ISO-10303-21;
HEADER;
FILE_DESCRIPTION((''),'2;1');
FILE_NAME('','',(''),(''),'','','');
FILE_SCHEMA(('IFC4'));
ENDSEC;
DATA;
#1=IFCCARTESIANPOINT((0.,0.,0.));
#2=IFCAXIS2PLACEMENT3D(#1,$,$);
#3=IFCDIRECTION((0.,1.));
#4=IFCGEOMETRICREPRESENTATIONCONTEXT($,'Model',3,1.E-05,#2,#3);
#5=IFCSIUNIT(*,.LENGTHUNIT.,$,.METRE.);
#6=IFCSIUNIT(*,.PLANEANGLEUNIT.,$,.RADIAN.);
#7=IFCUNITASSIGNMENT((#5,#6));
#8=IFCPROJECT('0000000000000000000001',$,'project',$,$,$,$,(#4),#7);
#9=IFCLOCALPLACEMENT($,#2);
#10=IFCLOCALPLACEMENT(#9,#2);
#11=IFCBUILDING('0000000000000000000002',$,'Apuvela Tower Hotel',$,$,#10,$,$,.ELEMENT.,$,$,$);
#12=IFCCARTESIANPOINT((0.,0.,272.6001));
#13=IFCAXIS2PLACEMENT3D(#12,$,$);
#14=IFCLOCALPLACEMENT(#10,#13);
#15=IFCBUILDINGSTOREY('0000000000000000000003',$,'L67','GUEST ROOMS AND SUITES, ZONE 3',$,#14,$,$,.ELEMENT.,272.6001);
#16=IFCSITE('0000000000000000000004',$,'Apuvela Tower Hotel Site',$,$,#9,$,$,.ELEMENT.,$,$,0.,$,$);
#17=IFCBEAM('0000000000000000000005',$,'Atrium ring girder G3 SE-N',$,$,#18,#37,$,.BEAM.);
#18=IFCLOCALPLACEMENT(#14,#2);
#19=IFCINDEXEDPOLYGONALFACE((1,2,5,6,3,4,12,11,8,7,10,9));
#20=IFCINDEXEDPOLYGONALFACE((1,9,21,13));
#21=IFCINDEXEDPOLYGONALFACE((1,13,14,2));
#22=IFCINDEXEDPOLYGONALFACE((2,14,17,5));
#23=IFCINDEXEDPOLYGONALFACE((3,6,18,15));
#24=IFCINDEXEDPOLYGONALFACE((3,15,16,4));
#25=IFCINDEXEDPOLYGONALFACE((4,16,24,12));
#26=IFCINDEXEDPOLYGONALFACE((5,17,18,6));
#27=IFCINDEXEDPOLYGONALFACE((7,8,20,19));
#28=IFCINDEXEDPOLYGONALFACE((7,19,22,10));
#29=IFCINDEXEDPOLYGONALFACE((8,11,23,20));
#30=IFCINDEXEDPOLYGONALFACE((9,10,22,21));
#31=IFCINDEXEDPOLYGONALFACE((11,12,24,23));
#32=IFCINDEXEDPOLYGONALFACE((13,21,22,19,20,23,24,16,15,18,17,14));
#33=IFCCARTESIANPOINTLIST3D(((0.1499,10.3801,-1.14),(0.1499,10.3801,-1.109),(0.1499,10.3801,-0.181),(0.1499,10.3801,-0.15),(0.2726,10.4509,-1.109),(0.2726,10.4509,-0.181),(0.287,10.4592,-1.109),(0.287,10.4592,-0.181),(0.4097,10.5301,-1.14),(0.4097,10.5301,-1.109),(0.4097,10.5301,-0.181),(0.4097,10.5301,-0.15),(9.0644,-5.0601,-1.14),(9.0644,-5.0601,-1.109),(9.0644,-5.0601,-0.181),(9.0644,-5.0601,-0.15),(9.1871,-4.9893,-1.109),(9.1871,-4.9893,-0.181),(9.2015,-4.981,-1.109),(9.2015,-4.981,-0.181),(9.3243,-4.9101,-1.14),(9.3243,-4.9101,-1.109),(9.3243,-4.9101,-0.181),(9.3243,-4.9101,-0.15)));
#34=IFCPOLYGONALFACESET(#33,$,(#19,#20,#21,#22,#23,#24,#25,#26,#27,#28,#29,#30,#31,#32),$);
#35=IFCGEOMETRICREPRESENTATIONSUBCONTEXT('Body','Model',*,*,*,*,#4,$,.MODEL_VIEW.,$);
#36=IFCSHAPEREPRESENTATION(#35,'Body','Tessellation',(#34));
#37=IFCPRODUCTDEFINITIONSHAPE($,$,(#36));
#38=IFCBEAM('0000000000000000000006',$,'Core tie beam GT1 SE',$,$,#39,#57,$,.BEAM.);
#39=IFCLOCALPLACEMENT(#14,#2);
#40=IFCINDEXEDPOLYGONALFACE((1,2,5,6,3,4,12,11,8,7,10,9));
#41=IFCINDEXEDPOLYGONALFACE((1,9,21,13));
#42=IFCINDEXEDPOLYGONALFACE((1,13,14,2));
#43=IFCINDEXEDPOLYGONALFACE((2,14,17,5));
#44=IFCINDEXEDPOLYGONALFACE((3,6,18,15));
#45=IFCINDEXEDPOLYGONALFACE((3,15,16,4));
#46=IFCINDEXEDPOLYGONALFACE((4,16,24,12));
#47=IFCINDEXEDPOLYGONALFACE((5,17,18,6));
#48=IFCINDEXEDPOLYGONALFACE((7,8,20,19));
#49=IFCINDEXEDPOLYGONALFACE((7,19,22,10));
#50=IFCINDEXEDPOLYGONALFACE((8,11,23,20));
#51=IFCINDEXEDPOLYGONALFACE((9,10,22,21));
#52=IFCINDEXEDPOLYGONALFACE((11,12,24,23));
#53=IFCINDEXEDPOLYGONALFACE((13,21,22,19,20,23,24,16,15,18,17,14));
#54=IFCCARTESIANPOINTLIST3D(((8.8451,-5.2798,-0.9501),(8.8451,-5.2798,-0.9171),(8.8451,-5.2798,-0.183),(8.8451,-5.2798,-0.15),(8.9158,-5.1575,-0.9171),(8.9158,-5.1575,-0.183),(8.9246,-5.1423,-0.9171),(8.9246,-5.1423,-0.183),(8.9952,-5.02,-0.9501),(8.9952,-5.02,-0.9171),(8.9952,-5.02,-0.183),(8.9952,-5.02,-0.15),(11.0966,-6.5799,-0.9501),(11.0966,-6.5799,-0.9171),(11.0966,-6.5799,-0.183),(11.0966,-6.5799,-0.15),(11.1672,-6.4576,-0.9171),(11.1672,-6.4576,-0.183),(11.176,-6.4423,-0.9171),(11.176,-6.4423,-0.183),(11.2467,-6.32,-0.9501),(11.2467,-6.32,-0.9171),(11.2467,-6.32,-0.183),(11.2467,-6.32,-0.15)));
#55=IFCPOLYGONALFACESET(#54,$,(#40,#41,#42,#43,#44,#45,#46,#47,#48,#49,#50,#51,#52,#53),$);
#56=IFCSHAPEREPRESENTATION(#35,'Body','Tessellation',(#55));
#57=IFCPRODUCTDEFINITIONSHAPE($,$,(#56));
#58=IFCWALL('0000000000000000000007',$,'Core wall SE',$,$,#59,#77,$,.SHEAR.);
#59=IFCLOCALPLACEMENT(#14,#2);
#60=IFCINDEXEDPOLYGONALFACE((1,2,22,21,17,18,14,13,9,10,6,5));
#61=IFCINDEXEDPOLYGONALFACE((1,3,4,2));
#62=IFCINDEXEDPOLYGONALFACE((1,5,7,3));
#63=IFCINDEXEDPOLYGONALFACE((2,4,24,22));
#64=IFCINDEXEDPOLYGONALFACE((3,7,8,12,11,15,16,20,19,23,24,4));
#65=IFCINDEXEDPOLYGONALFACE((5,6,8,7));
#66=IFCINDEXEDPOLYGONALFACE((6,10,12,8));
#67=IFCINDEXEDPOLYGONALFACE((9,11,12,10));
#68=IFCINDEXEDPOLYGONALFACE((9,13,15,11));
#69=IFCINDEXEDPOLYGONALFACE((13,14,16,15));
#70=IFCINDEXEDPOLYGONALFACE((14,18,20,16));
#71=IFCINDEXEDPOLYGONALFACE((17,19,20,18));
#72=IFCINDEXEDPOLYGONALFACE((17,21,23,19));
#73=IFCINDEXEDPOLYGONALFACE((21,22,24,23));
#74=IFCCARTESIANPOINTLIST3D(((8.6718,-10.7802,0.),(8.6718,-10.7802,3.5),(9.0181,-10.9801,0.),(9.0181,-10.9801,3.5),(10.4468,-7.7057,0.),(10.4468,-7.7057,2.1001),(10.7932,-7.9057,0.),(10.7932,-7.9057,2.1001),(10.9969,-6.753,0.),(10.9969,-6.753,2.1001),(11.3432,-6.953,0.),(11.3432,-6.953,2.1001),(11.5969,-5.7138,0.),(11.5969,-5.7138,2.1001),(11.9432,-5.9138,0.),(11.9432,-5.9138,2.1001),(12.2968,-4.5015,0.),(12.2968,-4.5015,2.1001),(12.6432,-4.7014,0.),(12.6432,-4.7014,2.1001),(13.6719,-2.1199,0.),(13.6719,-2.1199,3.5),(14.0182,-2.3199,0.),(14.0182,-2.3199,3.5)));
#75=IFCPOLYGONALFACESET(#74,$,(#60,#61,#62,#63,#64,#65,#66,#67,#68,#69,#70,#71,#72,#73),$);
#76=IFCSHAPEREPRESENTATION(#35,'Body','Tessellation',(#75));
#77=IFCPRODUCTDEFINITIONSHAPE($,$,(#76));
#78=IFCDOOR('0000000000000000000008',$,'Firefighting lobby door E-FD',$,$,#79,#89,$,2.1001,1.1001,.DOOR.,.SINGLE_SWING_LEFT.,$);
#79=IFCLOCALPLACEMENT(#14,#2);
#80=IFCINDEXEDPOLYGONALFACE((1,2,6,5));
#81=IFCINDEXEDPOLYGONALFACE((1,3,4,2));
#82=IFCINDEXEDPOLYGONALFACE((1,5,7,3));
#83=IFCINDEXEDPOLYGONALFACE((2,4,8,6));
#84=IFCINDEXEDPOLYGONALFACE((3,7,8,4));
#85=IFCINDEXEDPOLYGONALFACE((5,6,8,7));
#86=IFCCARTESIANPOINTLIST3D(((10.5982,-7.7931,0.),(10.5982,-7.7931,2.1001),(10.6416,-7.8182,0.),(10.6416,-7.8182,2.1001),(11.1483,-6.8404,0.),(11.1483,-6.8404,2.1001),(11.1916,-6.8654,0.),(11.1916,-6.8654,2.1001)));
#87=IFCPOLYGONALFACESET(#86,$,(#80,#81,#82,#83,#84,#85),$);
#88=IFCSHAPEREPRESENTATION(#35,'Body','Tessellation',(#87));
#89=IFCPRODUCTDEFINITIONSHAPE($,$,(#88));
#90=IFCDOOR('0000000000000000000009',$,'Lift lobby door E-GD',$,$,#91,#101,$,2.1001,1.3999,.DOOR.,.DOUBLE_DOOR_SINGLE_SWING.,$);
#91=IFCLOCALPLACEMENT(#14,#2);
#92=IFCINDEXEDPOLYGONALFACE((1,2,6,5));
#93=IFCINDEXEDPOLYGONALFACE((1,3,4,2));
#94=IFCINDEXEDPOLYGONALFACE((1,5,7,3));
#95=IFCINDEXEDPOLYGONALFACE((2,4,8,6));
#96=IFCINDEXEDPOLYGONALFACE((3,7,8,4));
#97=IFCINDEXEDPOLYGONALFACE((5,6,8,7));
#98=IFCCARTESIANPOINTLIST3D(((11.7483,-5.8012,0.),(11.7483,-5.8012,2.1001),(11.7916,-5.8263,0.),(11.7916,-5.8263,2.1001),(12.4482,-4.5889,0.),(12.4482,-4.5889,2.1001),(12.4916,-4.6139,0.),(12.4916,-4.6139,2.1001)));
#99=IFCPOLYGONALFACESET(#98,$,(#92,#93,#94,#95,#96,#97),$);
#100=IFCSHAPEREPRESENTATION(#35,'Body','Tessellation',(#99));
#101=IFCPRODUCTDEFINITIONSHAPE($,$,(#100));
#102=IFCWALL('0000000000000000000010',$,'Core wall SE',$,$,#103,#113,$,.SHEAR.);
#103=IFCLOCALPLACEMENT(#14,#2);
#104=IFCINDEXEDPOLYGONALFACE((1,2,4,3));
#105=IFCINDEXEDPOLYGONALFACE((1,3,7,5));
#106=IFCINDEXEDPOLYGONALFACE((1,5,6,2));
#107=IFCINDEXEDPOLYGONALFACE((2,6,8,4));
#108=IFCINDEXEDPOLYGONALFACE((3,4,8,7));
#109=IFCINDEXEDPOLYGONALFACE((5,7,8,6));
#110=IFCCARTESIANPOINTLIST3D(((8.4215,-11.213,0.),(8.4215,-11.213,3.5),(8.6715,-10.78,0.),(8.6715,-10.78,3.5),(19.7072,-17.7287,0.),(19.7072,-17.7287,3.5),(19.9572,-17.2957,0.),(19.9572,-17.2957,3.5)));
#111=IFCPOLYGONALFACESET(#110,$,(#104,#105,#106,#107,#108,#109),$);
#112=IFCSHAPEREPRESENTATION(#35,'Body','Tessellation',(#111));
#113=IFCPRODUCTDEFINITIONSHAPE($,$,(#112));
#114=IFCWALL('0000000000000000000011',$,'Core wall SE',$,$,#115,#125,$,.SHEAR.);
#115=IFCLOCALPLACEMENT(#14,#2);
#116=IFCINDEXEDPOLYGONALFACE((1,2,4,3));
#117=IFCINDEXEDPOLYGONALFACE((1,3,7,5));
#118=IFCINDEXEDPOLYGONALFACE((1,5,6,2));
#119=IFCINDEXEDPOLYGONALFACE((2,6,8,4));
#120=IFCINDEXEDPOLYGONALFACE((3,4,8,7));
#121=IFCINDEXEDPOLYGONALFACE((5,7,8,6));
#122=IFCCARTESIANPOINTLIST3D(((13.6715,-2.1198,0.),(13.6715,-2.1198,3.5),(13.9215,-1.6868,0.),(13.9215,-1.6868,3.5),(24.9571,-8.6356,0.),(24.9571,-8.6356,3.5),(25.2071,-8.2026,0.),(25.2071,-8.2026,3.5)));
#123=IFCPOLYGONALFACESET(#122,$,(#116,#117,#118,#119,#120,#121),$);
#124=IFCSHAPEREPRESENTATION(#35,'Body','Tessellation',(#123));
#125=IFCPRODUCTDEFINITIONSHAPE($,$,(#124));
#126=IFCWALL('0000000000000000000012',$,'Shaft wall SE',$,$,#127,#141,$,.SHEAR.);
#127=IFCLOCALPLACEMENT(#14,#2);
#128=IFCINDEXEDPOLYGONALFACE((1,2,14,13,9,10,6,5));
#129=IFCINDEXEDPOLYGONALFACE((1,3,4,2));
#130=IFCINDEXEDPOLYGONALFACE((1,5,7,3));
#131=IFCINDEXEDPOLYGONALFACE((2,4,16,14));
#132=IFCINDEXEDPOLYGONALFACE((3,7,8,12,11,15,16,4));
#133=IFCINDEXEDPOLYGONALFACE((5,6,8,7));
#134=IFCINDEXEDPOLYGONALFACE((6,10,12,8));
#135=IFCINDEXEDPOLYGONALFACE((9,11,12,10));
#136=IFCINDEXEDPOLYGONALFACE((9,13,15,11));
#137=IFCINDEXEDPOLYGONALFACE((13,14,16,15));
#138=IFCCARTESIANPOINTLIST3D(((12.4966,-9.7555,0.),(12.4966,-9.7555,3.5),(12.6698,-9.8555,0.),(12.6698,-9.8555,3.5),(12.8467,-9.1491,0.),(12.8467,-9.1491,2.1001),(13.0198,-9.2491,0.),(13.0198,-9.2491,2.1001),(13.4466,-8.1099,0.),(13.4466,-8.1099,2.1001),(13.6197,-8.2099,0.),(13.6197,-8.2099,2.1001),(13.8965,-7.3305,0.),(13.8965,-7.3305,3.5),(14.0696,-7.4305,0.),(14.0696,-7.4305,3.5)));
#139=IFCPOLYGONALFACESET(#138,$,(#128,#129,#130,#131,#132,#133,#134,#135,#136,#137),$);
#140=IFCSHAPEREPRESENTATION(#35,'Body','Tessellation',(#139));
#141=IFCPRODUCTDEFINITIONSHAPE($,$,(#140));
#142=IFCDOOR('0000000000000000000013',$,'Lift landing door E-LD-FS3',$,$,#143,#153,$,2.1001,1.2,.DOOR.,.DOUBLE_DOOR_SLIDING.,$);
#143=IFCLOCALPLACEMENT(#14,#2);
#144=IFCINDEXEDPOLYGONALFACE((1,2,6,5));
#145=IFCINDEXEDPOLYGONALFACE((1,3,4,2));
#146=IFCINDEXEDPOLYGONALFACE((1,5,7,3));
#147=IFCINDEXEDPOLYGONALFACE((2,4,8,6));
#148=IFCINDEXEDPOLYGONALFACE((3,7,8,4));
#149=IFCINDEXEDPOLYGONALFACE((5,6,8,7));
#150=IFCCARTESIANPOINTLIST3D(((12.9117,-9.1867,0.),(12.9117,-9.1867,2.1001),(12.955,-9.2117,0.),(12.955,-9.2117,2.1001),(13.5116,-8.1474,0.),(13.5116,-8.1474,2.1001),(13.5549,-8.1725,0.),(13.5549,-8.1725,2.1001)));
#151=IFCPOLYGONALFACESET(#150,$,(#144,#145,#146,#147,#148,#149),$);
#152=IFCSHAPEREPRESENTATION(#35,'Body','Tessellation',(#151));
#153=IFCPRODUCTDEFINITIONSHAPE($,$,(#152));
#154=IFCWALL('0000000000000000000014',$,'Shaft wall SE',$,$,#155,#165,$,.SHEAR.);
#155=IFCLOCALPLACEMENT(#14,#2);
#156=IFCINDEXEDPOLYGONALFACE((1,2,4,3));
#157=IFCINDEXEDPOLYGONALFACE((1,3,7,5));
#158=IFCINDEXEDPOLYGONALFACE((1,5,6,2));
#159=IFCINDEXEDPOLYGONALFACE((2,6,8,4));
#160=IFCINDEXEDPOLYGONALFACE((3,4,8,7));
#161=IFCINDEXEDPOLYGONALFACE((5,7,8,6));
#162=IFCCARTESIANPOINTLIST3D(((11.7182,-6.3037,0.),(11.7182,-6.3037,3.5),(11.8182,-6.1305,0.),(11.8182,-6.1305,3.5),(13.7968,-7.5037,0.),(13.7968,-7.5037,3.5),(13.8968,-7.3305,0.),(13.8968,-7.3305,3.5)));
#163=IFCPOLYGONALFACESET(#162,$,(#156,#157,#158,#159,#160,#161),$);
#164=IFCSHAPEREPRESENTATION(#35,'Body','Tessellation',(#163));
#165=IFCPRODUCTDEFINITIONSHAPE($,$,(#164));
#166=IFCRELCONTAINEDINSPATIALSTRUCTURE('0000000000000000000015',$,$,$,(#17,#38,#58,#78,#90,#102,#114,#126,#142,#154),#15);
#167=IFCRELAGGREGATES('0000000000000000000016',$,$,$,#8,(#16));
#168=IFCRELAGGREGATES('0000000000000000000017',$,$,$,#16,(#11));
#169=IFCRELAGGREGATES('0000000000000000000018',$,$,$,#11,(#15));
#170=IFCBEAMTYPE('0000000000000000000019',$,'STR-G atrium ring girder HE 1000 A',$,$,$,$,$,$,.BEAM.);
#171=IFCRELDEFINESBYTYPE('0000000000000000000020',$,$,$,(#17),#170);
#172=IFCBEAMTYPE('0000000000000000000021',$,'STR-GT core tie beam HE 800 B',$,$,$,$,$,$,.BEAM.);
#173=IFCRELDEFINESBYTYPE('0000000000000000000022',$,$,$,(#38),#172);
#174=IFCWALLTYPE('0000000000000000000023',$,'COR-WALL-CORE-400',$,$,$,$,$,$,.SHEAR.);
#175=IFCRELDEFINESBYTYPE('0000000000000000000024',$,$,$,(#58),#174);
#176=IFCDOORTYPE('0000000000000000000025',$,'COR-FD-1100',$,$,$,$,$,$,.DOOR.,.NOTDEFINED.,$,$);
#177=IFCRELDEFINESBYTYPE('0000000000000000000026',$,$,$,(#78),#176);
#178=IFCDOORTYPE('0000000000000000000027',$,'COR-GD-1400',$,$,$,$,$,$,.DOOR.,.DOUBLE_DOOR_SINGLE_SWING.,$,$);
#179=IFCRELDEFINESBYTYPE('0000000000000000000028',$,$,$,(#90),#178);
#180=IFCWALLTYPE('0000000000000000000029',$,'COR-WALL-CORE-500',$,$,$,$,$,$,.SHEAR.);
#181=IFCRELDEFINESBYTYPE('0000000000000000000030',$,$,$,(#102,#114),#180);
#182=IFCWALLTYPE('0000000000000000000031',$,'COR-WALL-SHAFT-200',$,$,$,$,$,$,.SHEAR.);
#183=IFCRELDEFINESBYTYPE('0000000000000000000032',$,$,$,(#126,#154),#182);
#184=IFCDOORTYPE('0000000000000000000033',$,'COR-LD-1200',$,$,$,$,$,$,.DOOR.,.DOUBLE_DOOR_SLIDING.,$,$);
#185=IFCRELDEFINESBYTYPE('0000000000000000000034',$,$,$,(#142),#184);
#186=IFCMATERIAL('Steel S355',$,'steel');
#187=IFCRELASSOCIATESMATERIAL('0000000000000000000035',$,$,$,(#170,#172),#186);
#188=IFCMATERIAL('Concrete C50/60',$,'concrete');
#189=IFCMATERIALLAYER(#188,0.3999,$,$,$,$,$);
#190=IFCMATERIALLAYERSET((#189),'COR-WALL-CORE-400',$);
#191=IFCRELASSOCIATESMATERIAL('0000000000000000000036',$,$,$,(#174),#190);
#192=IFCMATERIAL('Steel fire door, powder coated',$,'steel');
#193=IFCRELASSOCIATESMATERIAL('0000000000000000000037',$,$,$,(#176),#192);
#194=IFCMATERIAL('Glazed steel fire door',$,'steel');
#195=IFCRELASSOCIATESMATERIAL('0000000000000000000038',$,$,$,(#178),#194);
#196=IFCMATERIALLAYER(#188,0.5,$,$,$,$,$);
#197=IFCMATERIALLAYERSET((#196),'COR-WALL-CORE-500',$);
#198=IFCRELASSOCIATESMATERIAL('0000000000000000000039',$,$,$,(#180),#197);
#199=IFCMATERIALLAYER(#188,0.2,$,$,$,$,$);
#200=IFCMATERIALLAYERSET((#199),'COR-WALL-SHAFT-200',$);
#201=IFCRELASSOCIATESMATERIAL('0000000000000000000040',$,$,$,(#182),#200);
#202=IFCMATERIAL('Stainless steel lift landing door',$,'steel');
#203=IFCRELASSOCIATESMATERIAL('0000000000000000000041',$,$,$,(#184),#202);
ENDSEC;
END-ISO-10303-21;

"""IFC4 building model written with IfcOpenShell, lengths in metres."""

from ifc_helpers import new_model, si_unit, direction, frame, frame_2d, origin, origin_2d, place, context, subcontext, project, spatial, rectangle, i_section, extrude, material, layer, layer_set, material_profile, profile_set, type_object, element, fill, save


model = new_model("IFC4")

# Units and contexts
model_context = context("Model", 3, precision=1e-05, world=origin(), true_north=direction((0.0, 1.0)))
body_context = subcontext(model_context, "Body", "Model", "MODEL_VIEW")
ifc_project = project(units=[si_unit("LENGTHUNIT", "METRE"), si_unit("PLANEANGLEUNIT", "RADIAN")], contexts=[model_context])

# Site, building, storey
site_placement = place(None, origin())
site = spatial("IfcSite", under=ifc_project, at=site_placement, Name="Apuvela Tower Hotel Site", CompositionType="ELEMENT", RefElevation=0.0)
building_placement = place(site_placement, origin())
building = spatial("IfcBuilding", under=site, at=building_placement, Name="Apuvela Tower Hotel", CompositionType="ELEMENT")
storey_placement = place(building_placement, frame((0.0, 0.0, 272.6001)))
storey = spatial("IfcBuildingStorey", under=building, at=storey_placement, Name="L67", Description="GUEST ROOMS AND SUITES, ZONE 3", CompositionType="ELEMENT", Elevation=272.6001)

# Beams
ifc_material_1 = material(Name="Steel S355", Category="steel")
ifc_material_profile_1 = material_profile(ifc_material_1, i_section(OverallWidth=0.3, OverallDepth=0.99, WebThickness=0.0166, FlangeThickness=0.031, at=origin_2d()), Name="HE 1000 A")
ifc_profile_set_1 = profile_set([ifc_material_profile_1], Name="Steel S355")
beam_type_1 = type_object("IfcBeamType", Name="STR-G atrium ring girder HE 1000 A", PredefinedType="BEAM", material=ifc_profile_set_1)
beam_1_placement = place(storey_placement, frame((9.1943, -4.9851, -0.645), z_axis=(-0.500007, 0.866022, 0.0), x_axis=(-0.866022, -0.500007, 0.0)))
element("IfcBeam", 1, at=beam_1_placement, inside=storey, type_object=beam_type_1, Name="Atrium ring girder G3 SE-N", PredefinedType="BEAM", context=body_context, shape_type="SweptSolid", body=[
    extrude(i_section(OverallWidth=0.3, OverallDepth=0.99, WebThickness=0.0166, FlangeThickness=0.031, at=origin_2d()), origin(), (0.0, 0.0, 1.0), 17.8289),
])
ifc_material_profile_2 = material_profile(ifc_material_1, i_section(OverallWidth=0.3, OverallDepth=0.8, WebThickness=0.0176, FlangeThickness=0.033, at=origin_2d()), Name="HE 800 B")
ifc_profile_set_2 = profile_set([ifc_material_profile_2], Name="Steel S355")
beam_type_2 = type_object("IfcBeamType", Name="STR-GT core tie beam HE 800 B", PredefinedType="BEAM", material=ifc_profile_set_2)
beam_2_placement = place(storey_placement, frame((11.1716, -6.45, -0.55), z_axis=(-0.865998, 0.500048, 0.0), x_axis=(-0.500048, -0.865998, 0.0)))
element("IfcBeam", 2, at=beam_2_placement, inside=storey, type_object=beam_type_2, Name="Core tie beam GT1 SE", PredefinedType="BEAM", context=body_context, shape_type="SweptSolid", body=[
    extrude(i_section(OverallWidth=0.3, OverallDepth=0.8, WebThickness=0.0176, FlangeThickness=0.033, at=origin_2d()), origin(), (0.0, 0.0, 1.0), 2.5999),
])

# Wall, openings, doors
ifc_material_2 = material(Name="Concrete C50/60", Category="concrete")
ifc_layer_1 = layer(ifc_material_2, 0.3999)
ifc_layer_set_1 = layer_set([ifc_layer_1], Name="COR-WALL-CORE-400")
wall_type_1 = type_object("IfcWallType", Name="COR-WALL-CORE-400", PredefinedType="SHEAR", material=ifc_layer_set_1)
wall_1_placement = place(storey_placement, frame((8.845, -10.8801, 0.0), z_axis=(0.0, 0.0, 1.0), x_axis=(0.500004, 0.866023, 0.0)))
wall_1 = element("IfcWall", 3, at=wall_1_placement, inside=storey, type_object=wall_type_1, Name="Core wall SE", PredefinedType="SHEAR", context=body_context, shape_type="SweptSolid", body=[
    extrude(rectangle(XDim=10.0, YDim=0.3999, at=frame_2d((5.0, 0.0))), origin(), (0.0, 0.0, 1.0), 3.5),
])
opening_1_placement = place(wall_1_placement, frame((3.55, 0.0, 0.0)))
opening_1 = element("IfcOpeningElement", 4, at=opening_1_placement, cuts=wall_1, PredefinedType="OPENING", context=body_context, shape_type="SweptSolid", body=[
    extrude(rectangle(XDim=1.1001, YDim=2.1001, at=frame_2d((0.55, 1.05))), frame((0.0, 0.21, 0.0), z_axis=(0.0, -1.0, 0.0), x_axis=(1.0, 0.0, 0.0)), (0.0, 0.0, 1.0), 0.4199),
])
opening_2_placement = place(wall_1_placement, frame((5.8501, 0.0, 0.0)))
opening_2 = element("IfcOpeningElement", 5, at=opening_2_placement, cuts=wall_1, PredefinedType="OPENING", context=body_context, shape_type="SweptSolid", body=[
    extrude(rectangle(XDim=1.3999, YDim=2.1001, at=frame_2d((0.7, 1.05))), frame((0.0, 0.21, 0.0), z_axis=(0.0, -1.0, 0.0), x_axis=(1.0, 0.0, 0.0)), (0.0, 0.0, 1.0), 0.4199),
])
ifc_material_3 = material(Name="Steel fire door, powder coated", Category="steel")
door_type_1 = type_object("IfcDoorType", Name="COR-FD-1100", OperationType="NOTDEFINED", PredefinedType="DOOR", material=ifc_material_3)
door_1_placement = place(opening_1_placement, frame((1.1001, 0.0, 0.0), z_axis=(0.0, 0.0, 1.0), x_axis=(-1.0, 0.0, 0.0)))
door_1 = element("IfcDoor", 6, at=door_1_placement, inside=storey, type_object=door_type_1, Name="Firefighting lobby door E-FD", OperationType="SINGLE_SWING_LEFT", OverallHeight=2.1001, OverallWidth=1.1001, PredefinedType="DOOR", context=body_context, shape_type="SweptSolid", body=[
    extrude(rectangle(XDim=1.1001, YDim=2.1001, at=frame_2d((0.55, 1.05))), frame((0.0, 0.0249, 0.0), z_axis=(0.0, -1.0, 0.0), x_axis=(1.0, 0.0, 0.0)), (0.0, 0.0, 1.0), 0.05),
])
fill(opening_1, door_1)
ifc_material_4 = material(Name="Glazed steel fire door", Category="steel")
door_type_2 = type_object("IfcDoorType", Name="COR-GD-1400", OperationType="DOUBLE_DOOR_SINGLE_SWING", PredefinedType="DOOR", material=ifc_material_4)
door_2_placement = place(opening_2_placement, frame((1.3999, 0.0, 0.0), z_axis=(0.0, 0.0, 1.0), x_axis=(-1.0, 0.0, 0.0)))
door_2 = element("IfcDoor", 7, at=door_2_placement, inside=storey, type_object=door_type_2, Name="Lift lobby door E-GD", OperationType="DOUBLE_DOOR_SINGLE_SWING", OverallHeight=2.1001, OverallWidth=1.3999, PredefinedType="DOOR", context=body_context, shape_type="SweptSolid", body=[
    extrude(rectangle(XDim=1.3999, YDim=2.1001, at=frame_2d((0.7, 1.05))), frame((0.0, 0.0249, 0.0), z_axis=(0.0, -1.0, 0.0), x_axis=(1.0, 0.0, 0.0)), (0.0, 0.0, 1.0), 0.05),
])
fill(opening_2, door_2)

# Walls
ifc_layer_2 = layer(ifc_material_2, 0.5)
ifc_layer_set_2 = layer_set([ifc_layer_2], Name="COR-WALL-CORE-500")
wall_type_2 = type_object("IfcWallType", Name="COR-WALL-CORE-500", PredefinedType="SHEAR", material=ifc_layer_set_2)
for number, where, z_axis, x_axis, name in (
    (8, (8.5466, -10.9966, 0.0), (0.0, 0.0, 1.0), (0.86603, -0.499992, 0.0), "Core wall SE"),
    (9, (13.7966, -1.9033, 0.0), (0.0, 0.0, 1.0), (0.866022, -0.500006, 0.0), "Core wall SE"),
):
    element("IfcWall", number, at=place(storey_placement, frame(where, z_axis=z_axis, x_axis=x_axis)), inside=storey, type_object=wall_type_2, Name=name, PredefinedType="SHEAR", context=body_context, shape_type="SweptSolid", body=[
        extrude(rectangle(XDim=13.0315, YDim=0.5, at=frame_2d((6.5156, 0.0))), origin(), (0.0, 0.0, 1.0), 3.5),
    ])

# Wall, opening, door
ifc_layer_3 = layer(ifc_material_2, 0.2)
ifc_layer_set_3 = layer_set([ifc_layer_3], Name="COR-WALL-SHAFT-200")
wall_type_3 = type_object("IfcWallType", Name="COR-WALL-SHAFT-200", PredefinedType="SHEAR", material=ifc_layer_set_3)
wall_2_placement = place(storey_placement, frame((12.5833, -9.8054, 0.0), z_axis=(0.0, 0.0, 1.0), x_axis=(0.499946, 0.866056, 0.0)))
wall_2 = element("IfcWall", 10, at=wall_2_placement, inside=storey, type_object=wall_type_3, Name="Shaft wall SE", PredefinedType="SHEAR", context=body_context, shape_type="SweptSolid", body=[
    extrude(rectangle(XDim=2.8, YDim=0.2, at=frame_2d((1.3999, 0.0))), origin(), (0.0, 0.0, 1.0), 3.5),
])
opening_3_placement = place(wall_2_placement, frame((0.7, 0.0, 0.0)))
opening_3 = element("IfcOpeningElement", 11, at=opening_3_placement, cuts=wall_2, PredefinedType="OPENING", context=body_context, shape_type="SweptSolid", body=[
    extrude(rectangle(XDim=1.2, YDim=2.1001, at=frame_2d((0.6001, 1.05))), frame((0.0, 0.1099, 0.0), z_axis=(0.0, -1.0, 0.0), x_axis=(1.0, 0.0, 0.0)), (0.0, 0.0, 1.0), 0.22),
])
ifc_material_5 = material(Name="Stainless steel lift landing door", Category="steel")
door_type_3 = type_object("IfcDoorType", Name="COR-LD-1200", OperationType="DOUBLE_DOOR_SLIDING", PredefinedType="DOOR", material=ifc_material_5)
door_3_placement = place(opening_3_placement, origin())
door_3 = element("IfcDoor", 12, at=door_3_placement, inside=storey, type_object=door_type_3, Name="Lift landing door E-LD-FS3", OperationType="DOUBLE_DOOR_SLIDING", OverallHeight=2.1001, OverallWidth=1.2, PredefinedType="DOOR", context=body_context, shape_type="SweptSolid", body=[
    extrude(rectangle(XDim=1.2, YDim=2.1001, at=frame_2d((0.6001, 1.05))), frame((0.0, 0.0249, 0.0), z_axis=(0.0, -1.0, 0.0), x_axis=(1.0, 0.0, 0.0)), (0.0, 0.0, 1.0), 0.05),
])
fill(opening_3, door_3)

# Wall
wall_3_placement = place(storey_placement, frame((11.7681, -6.217, 0.0), z_axis=(0.0, 0.0, 1.0), x_axis=(0.86605, -0.499957, 0.0)))
element("IfcWall", 13, at=wall_3_placement, inside=storey, type_object=wall_type_3, Name="Shaft wall SE", PredefinedType="SHEAR", context=body_context, shape_type="SweptSolid", body=[
    extrude(rectangle(XDim=2.4001, YDim=0.2, at=frame_2d((1.2002, 0.0))), origin(), (0.0, 0.0, 1.0), 3.5),
])

save(model, "model.ifc")
